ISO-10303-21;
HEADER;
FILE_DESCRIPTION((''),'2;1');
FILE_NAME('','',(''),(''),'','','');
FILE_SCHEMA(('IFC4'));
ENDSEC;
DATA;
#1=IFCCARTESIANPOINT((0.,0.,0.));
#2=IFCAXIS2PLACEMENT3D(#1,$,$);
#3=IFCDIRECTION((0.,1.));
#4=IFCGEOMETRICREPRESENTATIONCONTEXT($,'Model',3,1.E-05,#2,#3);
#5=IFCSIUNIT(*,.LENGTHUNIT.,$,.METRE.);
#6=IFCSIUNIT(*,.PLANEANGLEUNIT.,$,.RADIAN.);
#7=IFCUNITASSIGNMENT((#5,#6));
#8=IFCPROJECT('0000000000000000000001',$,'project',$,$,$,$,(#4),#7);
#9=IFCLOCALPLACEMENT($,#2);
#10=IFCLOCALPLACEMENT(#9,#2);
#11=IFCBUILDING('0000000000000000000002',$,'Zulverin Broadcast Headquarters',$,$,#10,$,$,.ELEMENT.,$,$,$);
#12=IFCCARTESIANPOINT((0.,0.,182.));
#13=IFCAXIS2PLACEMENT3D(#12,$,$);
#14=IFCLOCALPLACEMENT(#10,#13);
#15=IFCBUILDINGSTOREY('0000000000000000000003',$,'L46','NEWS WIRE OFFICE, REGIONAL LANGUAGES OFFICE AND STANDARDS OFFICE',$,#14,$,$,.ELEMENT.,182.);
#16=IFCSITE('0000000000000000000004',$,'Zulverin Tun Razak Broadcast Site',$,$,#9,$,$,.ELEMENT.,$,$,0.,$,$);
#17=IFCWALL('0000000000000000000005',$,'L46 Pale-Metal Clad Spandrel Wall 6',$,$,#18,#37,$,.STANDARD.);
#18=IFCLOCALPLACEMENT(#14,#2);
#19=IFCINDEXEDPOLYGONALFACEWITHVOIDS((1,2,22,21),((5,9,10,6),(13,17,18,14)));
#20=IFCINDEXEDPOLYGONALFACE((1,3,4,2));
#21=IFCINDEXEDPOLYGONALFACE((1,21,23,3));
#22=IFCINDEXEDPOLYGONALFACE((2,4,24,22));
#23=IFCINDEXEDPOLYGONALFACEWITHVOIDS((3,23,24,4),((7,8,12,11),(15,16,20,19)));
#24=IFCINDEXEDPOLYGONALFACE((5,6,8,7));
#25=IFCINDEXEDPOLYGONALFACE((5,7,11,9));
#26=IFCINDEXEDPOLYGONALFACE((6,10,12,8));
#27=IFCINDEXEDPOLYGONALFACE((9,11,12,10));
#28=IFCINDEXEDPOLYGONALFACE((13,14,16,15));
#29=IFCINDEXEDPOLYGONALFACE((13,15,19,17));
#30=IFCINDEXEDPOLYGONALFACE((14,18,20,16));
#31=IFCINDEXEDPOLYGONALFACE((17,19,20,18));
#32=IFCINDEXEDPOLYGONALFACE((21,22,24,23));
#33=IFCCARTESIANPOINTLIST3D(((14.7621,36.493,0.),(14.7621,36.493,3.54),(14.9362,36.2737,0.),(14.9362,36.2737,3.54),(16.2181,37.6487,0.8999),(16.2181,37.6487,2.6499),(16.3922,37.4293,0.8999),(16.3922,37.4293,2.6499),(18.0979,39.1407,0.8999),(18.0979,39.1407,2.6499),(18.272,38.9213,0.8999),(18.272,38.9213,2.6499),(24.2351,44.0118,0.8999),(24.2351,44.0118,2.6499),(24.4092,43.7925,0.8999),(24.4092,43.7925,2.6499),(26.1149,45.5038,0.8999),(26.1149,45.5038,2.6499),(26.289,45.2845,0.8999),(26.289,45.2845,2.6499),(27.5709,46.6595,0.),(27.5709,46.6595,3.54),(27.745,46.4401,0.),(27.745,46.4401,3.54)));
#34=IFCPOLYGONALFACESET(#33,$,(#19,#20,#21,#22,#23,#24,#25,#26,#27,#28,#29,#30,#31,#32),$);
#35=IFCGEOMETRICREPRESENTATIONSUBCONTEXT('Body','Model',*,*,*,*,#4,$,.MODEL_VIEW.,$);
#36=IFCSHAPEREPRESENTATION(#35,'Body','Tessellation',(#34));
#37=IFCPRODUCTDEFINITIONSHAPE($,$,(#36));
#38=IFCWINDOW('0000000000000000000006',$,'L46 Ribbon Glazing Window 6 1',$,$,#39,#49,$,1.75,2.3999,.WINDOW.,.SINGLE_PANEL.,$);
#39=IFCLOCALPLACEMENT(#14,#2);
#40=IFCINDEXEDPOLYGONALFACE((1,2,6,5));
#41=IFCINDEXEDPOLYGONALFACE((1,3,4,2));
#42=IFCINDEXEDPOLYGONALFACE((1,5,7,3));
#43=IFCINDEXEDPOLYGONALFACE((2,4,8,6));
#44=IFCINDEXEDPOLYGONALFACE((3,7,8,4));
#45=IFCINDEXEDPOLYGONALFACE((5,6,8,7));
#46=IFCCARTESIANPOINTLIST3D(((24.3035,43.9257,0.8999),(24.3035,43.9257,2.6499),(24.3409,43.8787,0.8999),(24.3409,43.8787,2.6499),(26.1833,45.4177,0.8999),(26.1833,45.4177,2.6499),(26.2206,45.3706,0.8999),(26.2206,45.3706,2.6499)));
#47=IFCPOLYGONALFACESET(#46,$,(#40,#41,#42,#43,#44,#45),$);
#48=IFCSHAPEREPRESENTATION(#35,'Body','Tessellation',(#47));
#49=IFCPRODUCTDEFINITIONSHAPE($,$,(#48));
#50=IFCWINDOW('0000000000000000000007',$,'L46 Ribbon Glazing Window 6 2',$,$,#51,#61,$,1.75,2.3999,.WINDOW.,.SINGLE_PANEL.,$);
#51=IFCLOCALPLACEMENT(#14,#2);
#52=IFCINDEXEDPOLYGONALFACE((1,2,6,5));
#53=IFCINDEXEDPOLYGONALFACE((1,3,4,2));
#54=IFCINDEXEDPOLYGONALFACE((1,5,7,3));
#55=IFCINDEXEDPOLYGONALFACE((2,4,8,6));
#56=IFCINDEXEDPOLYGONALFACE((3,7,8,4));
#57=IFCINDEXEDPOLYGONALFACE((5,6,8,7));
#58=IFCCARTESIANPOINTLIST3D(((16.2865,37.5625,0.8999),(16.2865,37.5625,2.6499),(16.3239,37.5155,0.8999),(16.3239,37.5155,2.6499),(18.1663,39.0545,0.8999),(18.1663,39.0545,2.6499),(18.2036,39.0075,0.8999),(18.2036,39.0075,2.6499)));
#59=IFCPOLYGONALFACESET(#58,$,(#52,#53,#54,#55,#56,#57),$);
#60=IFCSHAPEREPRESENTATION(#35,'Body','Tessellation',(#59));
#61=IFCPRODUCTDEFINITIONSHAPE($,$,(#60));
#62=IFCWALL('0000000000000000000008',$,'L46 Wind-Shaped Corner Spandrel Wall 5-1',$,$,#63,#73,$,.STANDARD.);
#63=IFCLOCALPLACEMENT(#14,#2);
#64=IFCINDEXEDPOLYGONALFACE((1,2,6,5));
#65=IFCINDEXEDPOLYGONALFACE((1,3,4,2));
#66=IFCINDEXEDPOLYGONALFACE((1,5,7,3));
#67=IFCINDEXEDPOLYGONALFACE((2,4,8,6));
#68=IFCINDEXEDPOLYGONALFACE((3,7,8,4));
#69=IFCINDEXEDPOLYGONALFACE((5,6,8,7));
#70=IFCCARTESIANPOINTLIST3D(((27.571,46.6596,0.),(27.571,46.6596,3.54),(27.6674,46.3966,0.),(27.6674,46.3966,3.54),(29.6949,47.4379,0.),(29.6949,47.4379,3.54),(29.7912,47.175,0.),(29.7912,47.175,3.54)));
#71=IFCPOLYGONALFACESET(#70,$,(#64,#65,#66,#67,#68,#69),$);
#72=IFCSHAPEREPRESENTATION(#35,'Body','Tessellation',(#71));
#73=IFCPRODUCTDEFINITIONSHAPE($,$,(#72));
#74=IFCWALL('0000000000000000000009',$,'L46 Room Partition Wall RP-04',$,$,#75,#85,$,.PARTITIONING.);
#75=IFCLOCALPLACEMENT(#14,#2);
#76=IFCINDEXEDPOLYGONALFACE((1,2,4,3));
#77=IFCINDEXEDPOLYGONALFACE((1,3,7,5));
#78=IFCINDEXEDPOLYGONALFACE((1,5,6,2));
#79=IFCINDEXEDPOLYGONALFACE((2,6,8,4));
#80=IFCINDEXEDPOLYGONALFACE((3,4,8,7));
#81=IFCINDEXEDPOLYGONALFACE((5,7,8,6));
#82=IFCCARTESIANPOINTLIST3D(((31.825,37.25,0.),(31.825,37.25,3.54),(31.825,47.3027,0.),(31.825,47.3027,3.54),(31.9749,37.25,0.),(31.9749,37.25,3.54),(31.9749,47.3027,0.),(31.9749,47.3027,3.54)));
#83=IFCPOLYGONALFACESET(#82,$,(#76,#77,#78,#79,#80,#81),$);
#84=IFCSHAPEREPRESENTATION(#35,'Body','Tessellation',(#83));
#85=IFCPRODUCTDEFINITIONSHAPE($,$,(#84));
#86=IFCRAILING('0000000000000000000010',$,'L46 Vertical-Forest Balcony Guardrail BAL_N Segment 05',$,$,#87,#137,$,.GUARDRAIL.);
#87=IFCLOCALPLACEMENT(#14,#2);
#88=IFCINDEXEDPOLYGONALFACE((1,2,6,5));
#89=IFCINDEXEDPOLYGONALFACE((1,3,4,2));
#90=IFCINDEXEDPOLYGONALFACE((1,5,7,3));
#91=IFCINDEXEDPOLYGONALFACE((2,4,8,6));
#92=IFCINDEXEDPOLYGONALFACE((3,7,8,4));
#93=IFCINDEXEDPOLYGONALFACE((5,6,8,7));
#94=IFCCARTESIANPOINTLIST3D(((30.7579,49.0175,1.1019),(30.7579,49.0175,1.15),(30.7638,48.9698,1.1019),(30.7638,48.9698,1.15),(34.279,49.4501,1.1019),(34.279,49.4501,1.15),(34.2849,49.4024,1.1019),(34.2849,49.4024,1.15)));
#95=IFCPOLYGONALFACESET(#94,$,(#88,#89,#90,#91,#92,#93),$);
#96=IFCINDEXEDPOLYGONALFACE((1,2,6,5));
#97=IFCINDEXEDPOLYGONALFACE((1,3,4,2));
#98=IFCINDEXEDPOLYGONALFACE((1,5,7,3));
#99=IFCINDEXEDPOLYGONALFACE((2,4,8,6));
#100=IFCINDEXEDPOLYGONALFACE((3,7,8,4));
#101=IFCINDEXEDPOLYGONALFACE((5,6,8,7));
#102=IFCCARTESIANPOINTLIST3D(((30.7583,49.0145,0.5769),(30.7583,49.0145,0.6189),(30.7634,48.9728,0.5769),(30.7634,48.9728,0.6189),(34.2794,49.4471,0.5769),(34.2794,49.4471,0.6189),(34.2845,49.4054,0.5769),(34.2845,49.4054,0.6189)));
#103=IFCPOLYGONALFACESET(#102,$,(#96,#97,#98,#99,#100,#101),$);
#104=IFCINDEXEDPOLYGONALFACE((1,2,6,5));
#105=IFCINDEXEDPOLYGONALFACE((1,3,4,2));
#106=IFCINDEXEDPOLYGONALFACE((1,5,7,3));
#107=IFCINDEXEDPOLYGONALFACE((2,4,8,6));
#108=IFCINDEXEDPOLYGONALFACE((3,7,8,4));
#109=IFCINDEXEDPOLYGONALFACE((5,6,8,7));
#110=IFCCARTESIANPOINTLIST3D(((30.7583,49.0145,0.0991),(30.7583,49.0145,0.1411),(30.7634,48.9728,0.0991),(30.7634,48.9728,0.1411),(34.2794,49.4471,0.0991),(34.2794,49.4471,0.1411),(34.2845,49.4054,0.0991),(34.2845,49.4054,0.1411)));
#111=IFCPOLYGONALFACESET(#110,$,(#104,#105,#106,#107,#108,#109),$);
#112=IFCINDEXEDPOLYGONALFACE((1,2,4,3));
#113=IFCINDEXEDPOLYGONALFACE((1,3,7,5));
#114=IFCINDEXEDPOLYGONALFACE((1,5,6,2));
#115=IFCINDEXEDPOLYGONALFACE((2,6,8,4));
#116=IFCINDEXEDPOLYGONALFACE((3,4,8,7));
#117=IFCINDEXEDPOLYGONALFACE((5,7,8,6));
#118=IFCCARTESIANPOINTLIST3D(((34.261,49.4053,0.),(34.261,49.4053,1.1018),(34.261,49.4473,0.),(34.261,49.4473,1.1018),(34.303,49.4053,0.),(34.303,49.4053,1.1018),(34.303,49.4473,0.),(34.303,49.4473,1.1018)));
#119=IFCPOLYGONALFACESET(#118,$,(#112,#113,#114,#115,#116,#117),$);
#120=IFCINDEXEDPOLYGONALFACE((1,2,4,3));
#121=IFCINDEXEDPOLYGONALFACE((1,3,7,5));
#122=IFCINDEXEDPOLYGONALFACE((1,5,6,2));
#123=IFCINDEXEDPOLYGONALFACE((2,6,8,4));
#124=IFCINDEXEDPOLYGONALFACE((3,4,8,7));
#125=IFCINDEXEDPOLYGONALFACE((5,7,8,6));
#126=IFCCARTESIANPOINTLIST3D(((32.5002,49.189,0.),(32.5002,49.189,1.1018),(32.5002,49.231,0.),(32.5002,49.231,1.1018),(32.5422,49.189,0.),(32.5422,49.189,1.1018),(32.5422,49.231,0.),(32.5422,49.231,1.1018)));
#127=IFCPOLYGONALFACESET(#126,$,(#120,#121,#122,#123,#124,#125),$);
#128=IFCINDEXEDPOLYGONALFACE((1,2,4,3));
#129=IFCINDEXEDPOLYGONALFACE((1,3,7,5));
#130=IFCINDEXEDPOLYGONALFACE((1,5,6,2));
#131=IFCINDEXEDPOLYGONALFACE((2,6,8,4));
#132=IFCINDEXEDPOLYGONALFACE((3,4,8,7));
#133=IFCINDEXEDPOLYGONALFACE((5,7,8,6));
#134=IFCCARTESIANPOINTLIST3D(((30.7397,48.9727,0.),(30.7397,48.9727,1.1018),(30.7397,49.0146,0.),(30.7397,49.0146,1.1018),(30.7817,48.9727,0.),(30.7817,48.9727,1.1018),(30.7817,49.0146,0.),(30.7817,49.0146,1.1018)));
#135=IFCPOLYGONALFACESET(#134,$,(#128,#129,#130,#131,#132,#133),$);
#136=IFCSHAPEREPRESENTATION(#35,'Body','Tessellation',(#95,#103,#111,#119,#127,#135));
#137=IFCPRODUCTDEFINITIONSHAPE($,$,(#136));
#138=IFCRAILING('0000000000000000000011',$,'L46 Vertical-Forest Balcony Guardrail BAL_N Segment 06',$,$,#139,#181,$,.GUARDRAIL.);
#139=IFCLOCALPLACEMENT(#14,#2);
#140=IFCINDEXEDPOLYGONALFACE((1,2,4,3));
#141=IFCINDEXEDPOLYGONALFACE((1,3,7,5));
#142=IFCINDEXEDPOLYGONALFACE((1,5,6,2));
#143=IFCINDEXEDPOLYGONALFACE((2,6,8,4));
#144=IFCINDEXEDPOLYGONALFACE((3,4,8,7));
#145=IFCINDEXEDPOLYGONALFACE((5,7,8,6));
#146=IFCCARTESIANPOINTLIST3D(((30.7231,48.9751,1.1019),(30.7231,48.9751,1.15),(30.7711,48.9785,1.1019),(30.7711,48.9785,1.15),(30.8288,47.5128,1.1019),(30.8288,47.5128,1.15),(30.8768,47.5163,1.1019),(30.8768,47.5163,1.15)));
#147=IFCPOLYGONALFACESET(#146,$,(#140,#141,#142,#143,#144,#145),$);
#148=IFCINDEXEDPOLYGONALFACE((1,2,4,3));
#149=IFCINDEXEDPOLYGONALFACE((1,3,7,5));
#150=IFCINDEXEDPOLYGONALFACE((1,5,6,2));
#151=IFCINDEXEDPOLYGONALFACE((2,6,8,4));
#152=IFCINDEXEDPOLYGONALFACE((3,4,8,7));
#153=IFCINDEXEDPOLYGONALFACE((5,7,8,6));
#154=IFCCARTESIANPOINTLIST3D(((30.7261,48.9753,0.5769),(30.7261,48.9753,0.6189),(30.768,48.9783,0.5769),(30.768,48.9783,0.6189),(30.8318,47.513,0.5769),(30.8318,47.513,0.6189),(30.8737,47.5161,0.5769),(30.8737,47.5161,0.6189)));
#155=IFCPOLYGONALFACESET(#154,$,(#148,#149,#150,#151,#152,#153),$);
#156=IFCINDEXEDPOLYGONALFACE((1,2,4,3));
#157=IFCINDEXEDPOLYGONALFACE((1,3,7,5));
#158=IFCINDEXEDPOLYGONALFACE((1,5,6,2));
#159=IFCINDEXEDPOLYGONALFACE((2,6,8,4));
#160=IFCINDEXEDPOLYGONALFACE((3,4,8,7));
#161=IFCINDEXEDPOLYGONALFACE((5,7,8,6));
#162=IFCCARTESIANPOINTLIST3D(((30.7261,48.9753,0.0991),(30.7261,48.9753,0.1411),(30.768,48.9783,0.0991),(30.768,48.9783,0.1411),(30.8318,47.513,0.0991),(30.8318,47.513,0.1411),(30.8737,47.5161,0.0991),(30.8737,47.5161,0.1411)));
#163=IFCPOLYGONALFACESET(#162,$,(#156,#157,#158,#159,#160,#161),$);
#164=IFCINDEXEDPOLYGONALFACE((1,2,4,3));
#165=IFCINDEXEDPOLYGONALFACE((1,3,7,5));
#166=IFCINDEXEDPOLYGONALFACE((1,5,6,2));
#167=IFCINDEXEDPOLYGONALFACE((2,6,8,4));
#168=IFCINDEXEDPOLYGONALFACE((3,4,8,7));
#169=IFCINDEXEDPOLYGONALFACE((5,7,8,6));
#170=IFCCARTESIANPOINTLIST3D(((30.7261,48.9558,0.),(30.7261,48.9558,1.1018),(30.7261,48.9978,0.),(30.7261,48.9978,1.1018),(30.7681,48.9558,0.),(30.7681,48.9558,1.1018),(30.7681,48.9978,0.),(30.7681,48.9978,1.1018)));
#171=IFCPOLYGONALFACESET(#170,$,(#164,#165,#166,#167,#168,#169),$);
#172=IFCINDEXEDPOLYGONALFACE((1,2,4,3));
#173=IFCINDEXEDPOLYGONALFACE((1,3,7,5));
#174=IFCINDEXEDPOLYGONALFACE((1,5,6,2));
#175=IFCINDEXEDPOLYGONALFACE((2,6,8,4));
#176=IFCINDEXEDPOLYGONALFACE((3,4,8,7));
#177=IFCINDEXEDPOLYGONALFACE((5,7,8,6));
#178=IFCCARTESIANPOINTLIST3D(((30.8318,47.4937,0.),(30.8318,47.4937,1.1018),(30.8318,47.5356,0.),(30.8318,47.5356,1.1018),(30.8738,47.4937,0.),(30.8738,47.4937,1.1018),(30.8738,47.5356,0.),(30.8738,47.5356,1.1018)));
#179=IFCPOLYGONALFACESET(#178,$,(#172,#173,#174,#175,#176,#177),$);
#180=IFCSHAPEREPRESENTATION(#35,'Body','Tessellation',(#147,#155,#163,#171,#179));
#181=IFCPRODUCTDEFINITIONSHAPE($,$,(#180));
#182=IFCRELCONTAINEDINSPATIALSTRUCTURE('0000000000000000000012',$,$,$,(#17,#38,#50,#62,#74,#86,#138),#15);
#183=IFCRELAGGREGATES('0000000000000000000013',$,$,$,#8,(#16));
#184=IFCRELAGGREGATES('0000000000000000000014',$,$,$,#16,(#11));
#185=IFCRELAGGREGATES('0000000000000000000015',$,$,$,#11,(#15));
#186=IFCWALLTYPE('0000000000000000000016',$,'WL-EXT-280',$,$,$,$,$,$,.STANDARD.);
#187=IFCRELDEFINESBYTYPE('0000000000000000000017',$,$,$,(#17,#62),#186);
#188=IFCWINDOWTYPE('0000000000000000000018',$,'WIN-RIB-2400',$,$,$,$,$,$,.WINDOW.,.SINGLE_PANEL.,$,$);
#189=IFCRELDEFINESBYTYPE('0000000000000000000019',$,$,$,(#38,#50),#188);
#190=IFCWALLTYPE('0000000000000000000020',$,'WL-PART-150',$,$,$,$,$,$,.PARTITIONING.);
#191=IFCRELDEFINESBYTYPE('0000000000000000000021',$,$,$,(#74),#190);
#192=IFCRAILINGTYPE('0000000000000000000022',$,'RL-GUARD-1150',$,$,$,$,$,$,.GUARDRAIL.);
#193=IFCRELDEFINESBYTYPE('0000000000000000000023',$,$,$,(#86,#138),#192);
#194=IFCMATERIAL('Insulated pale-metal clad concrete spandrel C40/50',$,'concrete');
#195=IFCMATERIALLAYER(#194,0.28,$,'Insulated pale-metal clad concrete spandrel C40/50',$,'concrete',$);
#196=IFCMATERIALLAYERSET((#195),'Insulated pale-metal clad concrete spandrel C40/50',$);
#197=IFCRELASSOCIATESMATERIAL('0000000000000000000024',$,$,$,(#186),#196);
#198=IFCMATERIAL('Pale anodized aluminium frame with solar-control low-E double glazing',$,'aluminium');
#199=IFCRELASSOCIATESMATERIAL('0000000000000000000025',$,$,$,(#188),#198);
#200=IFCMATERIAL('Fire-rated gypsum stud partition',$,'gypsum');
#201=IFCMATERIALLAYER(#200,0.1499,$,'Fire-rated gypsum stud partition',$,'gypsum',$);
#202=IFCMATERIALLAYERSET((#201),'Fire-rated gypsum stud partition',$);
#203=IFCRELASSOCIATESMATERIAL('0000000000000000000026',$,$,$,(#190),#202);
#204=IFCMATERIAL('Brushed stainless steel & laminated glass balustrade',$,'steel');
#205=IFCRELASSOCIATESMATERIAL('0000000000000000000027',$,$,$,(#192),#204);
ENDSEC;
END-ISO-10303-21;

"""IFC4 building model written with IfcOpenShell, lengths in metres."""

from ifc_helpers import new_model, si_unit, direction, frame, frame_2d, origin, origin_2d, place, context, subcontext, project, spatial, rectangle, extrude, material, layer, layer_set, type_object, element, fill, save


model = new_model("IFC4")

# Units and contexts
model_context = context("Model", 3, precision=1e-05, world=origin(), true_north=direction((0.0, 1.0)))
body_context = subcontext(model_context, "Body", "Model", "MODEL_VIEW")
ifc_project = project(units=[si_unit("LENGTHUNIT", "METRE"), si_unit("PLANEANGLEUNIT", "RADIAN")], contexts=[model_context])

# Site, building, storey
site_placement = place(None, origin())
site = spatial("IfcSite", under=ifc_project, at=site_placement, Name="Zulverin Tun Razak Broadcast Site", CompositionType="ELEMENT", RefElevation=0.0)
building_placement = place(site_placement, origin())
building = spatial("IfcBuilding", under=site, at=building_placement, Name="Zulverin Broadcast Headquarters", CompositionType="ELEMENT")
storey_placement = place(building_placement, frame((0.0, 0.0, 182.0)))
storey = spatial("IfcBuildingStorey", under=building, at=storey_placement, Name="L46", Description="NEWS WIRE OFFICE, REGIONAL LANGUAGES OFFICE AND STANDARDS OFFICE", CompositionType="ELEMENT", Elevation=182.0)

# Wall, openings, windows
ifc_material_1 = material(Name="Insulated pale-metal clad concrete spandrel C40/50", Category="concrete")
ifc_layer_1 = layer(ifc_material_1, 0.28, Name="Insulated pale-metal clad concrete spandrel C40/50", Category="concrete")
ifc_layer_set_1 = layer_set([ifc_layer_1], Name="Insulated pale-metal clad concrete spandrel C40/50")
wall_type_1 = type_object("IfcWallType", Name="WL-EXT-280", PredefinedType="STANDARD", material=ifc_layer_set_1)
wall_1_placement = place(storey_placement, frame((27.658, 46.5498, 0.0), z_axis=(0.0, 0.0, 1.0), x_axis=(-0.783266, -0.621686, 0.0)))
wall_1 = element("IfcWall", 1, at=wall_1_placement, inside=storey, type_object=wall_type_1, Name="L46 Pale-Metal Clad Spandrel Wall 6", PredefinedType="STANDARD", context=body_context, shape_type="SweptSolid", body=[
    extrude(rectangle(XDim=16.353, YDim=0.28, at=frame_2d((8.1765, 0.0))), origin(), (0.0, 0.0, 1.0), 3.54),
])
opening_1_placement = place(wall_1_placement, frame((1.8589, 0.0, 0.8999)))
opening_1 = element("IfcOpeningElement", 2, at=opening_1_placement, cuts=wall_1, PredefinedType="OPENING", context=body_context, shape_type="SweptSolid", body=[
    extrude(rectangle(XDim=2.3999, YDim=1.75, at=frame_2d((1.2, 0.875))), frame((0.0, 0.1499, 0.0), z_axis=(0.0, -1.0, 0.0), x_axis=(1.0, 0.0, 0.0)), (0.0, 0.0, 1.0), 0.3),
])
opening_2_placement = place(wall_1_placement, frame((12.0942, 0.0, 0.8999)))
opening_2 = element("IfcOpeningElement", 3, at=opening_2_placement, cuts=wall_1, PredefinedType="OPENING", context=body_context, shape_type="SweptSolid", body=[
    extrude(rectangle(XDim=2.3999, YDim=1.75, at=frame_2d((1.2, 0.875))), frame((0.0, 0.1499, 0.0), z_axis=(0.0, -1.0, 0.0), x_axis=(1.0, 0.0, 0.0)), (0.0, 0.0, 1.0), 0.3),
])
ifc_material_2 = material(Name="Pale anodized aluminium frame with solar-control low-E double glazing", Category="aluminium")
window_type = type_object("IfcWindowType", Name="WIN-RIB-2400", PartitioningType="SINGLE_PANEL", PredefinedType="WINDOW", material=ifc_material_2)
window_1_placement = place(opening_1_placement, origin())
window_1 = element("IfcWindow", 4, at=window_1_placement, inside=storey, type_object=window_type, Name="L46 Ribbon Glazing Window 6 1", OverallHeight=1.75, OverallWidth=2.3999, PartitioningType="SINGLE_PANEL", PredefinedType="WINDOW", context=body_context, shape_type="SweptSolid", body=[
    extrude(rectangle(XDim=2.3999, YDim=1.75, at=frame_2d((1.2, 0.875))), frame((0.0, 0.03, 0.0), z_axis=(0.0, -1.0, 0.0), x_axis=(1.0, 0.0, 0.0)), (0.0, 0.0, 1.0), 0.0601),
])
fill(opening_1, window_1)
window_2_placement = place(opening_2_placement, origin())
window_2 = element("IfcWindow", 5, at=window_2_placement, inside=storey, type_object=window_type, Name="L46 Ribbon Glazing Window 6 2", OverallHeight=1.75, OverallWidth=2.3999, PartitioningType="SINGLE_PANEL", PredefinedType="WINDOW", context=body_context, shape_type="SweptSolid", body=[
    extrude(rectangle(XDim=2.3999, YDim=1.75, at=frame_2d((1.2, 0.875))), frame((0.0, 0.03, 0.0), z_axis=(0.0, -1.0, 0.0), x_axis=(1.0, 0.0, 0.0)), (0.0, 0.0, 1.0), 0.0601),
])
fill(opening_2, window_2)

# Wall
wall_2_placement = place(storey_placement, frame((29.7429, 47.3064, 0.0), z_axis=(0.0, 0.0, 1.0), x_axis=(-0.938933, -0.344099, 0.0)))
element("IfcWall", 6, at=wall_2_placement, inside=storey, type_object=wall_type_1, Name="L46 Wind-Shaped Corner Spandrel Wall 5-1", PredefinedType="STANDARD", context=body_context, shape_type="SweptSolid", body=[
    extrude(rectangle(XDim=2.262, YDim=0.28, at=frame_2d((1.1309, 0.0))), origin(), (0.0, 0.0, 1.0), 3.54),
])

# Shared definitions
ifc_material_3 = material(Name="Fire-rated gypsum stud partition", Category="gypsum")
ifc_layer_2 = layer(ifc_material_3, 0.1499, Name="Fire-rated gypsum stud partition", Category="gypsum")
ifc_layer_set_2 = layer_set([ifc_layer_2], Name="Fire-rated gypsum stud partition")
wall_type_2 = type_object("IfcWallType", Name="WL-PART-150", PredefinedType="PARTITIONING", material=ifc_layer_set_2)

# Wall
wall_3_placement = place(storey_placement, frame((31.8999, 37.25, 0.0), z_axis=(0.0, 0.0, 1.0), x_axis=(0.0, 1.0, 0.0)))
element("IfcWall", 7, at=wall_3_placement, inside=storey, type_object=wall_type_2, Name="L46 Room Partition Wall RP-04", PredefinedType="PARTITIONING", context=body_context, shape_type="SweptSolid", body=[
    extrude(rectangle(XDim=10.0527, YDim=0.1499, at=frame_2d((5.0264, 0.0))), origin(), (0.0, 0.0, 1.0), 3.54),
])

# Railings
ifc_material_4 = material(Name="Brushed stainless steel & laminated glass balustrade", Category="steel")
railing_type = type_object("IfcRailingType", Name="RL-GUARD-1150", PredefinedType="GUARDRAIL", material=ifc_material_4)
railing_1_placement = place(storey_placement, frame((34.282, 49.4263, 0.0)))
element("IfcRailing", 8, at=railing_1_placement, inside=storey, type_object=railing_type, Name="L46 Vertical-Forest Balcony Guardrail BAL_N Segment 05", PredefinedType="GUARDRAIL", context=body_context, shape_type="SweptSolid", body=[
    extrude(rectangle(XDim=0.0481, YDim=0.0481, at=origin_2d()), frame((0.0, 0.0, 1.126), z_axis=(-0.992537, -0.121942, 0.0), x_axis=(0.121942, -0.992537, 0.0)), (0.0, 0.0, 1.0), 3.5476),
    extrude(rectangle(XDim=0.042, YDim=0.042, at=origin_2d()), frame((0.0, 0.0, 0.5979), z_axis=(-0.992537, -0.121942, 0.0), x_axis=(0.121942, -0.992537, 0.0)), (0.0, 0.0, 1.0), 3.5476),
    extrude(rectangle(XDim=0.042, YDim=0.042, at=origin_2d()), frame((0.0, 0.0, 0.1201), z_axis=(-0.992537, -0.121942, 0.0), x_axis=(0.121942, -0.992537, 0.0)), (0.0, 0.0, 1.0), 3.5476),
    extrude(rectangle(XDim=0.042, YDim=0.042, at=origin_2d()), origin(), (0.0, 0.0, 1.0), 1.1018),
    extrude(rectangle(XDim=0.042, YDim=0.042, at=origin_2d()), frame((-1.7607, -0.2163, 0.0)), (0.0, 0.0, 1.0), 1.1018),
    extrude(rectangle(XDim=0.042, YDim=0.042, at=origin_2d()), frame((-3.5212, -0.4326, 0.0)), (0.0, 0.0, 1.0), 1.1018),
])
railing_2_placement = place(storey_placement, frame((30.7471, 48.9768, 0.0)))
element("IfcRailing", 9, at=railing_2_placement, inside=storey, type_object=railing_type, Name="L46 Vertical-Forest Balcony Guardrail BAL_N Segment 06", PredefinedType="GUARDRAIL", context=body_context, shape_type="SweptSolid", body=[
    extrude(rectangle(XDim=0.0481, YDim=0.0481, at=origin_2d()), frame((0.0, 0.0, 1.126), z_axis=(0.072111, -0.997397, 0.0), x_axis=(0.997397, 0.072111, 0.0)), (0.0, 0.0, 1.0), 1.4661),
    extrude(rectangle(XDim=0.042, YDim=0.042, at=origin_2d()), frame((0.0, 0.0, 0.5979), z_axis=(0.072111, -0.997397, 0.0), x_axis=(0.997397, 0.072111, 0.0)), (0.0, 0.0, 1.0), 1.4661),
    extrude(rectangle(XDim=0.042, YDim=0.042, at=origin_2d()), frame((0.0, 0.0, 0.1201), z_axis=(0.072111, -0.997397, 0.0), x_axis=(0.997397, 0.072111, 0.0)), (0.0, 0.0, 1.0), 1.4661),
    extrude(rectangle(XDim=0.042, YDim=0.042, at=origin_2d()), origin(), (0.0, 0.0, 1.0), 1.1018),
    extrude(rectangle(XDim=0.042, YDim=0.042, at=origin_2d()), frame((0.1057, -1.4622, 0.0)), (0.0, 0.0, 1.0), 1.1018),
])

save(model, "model.ifc")
